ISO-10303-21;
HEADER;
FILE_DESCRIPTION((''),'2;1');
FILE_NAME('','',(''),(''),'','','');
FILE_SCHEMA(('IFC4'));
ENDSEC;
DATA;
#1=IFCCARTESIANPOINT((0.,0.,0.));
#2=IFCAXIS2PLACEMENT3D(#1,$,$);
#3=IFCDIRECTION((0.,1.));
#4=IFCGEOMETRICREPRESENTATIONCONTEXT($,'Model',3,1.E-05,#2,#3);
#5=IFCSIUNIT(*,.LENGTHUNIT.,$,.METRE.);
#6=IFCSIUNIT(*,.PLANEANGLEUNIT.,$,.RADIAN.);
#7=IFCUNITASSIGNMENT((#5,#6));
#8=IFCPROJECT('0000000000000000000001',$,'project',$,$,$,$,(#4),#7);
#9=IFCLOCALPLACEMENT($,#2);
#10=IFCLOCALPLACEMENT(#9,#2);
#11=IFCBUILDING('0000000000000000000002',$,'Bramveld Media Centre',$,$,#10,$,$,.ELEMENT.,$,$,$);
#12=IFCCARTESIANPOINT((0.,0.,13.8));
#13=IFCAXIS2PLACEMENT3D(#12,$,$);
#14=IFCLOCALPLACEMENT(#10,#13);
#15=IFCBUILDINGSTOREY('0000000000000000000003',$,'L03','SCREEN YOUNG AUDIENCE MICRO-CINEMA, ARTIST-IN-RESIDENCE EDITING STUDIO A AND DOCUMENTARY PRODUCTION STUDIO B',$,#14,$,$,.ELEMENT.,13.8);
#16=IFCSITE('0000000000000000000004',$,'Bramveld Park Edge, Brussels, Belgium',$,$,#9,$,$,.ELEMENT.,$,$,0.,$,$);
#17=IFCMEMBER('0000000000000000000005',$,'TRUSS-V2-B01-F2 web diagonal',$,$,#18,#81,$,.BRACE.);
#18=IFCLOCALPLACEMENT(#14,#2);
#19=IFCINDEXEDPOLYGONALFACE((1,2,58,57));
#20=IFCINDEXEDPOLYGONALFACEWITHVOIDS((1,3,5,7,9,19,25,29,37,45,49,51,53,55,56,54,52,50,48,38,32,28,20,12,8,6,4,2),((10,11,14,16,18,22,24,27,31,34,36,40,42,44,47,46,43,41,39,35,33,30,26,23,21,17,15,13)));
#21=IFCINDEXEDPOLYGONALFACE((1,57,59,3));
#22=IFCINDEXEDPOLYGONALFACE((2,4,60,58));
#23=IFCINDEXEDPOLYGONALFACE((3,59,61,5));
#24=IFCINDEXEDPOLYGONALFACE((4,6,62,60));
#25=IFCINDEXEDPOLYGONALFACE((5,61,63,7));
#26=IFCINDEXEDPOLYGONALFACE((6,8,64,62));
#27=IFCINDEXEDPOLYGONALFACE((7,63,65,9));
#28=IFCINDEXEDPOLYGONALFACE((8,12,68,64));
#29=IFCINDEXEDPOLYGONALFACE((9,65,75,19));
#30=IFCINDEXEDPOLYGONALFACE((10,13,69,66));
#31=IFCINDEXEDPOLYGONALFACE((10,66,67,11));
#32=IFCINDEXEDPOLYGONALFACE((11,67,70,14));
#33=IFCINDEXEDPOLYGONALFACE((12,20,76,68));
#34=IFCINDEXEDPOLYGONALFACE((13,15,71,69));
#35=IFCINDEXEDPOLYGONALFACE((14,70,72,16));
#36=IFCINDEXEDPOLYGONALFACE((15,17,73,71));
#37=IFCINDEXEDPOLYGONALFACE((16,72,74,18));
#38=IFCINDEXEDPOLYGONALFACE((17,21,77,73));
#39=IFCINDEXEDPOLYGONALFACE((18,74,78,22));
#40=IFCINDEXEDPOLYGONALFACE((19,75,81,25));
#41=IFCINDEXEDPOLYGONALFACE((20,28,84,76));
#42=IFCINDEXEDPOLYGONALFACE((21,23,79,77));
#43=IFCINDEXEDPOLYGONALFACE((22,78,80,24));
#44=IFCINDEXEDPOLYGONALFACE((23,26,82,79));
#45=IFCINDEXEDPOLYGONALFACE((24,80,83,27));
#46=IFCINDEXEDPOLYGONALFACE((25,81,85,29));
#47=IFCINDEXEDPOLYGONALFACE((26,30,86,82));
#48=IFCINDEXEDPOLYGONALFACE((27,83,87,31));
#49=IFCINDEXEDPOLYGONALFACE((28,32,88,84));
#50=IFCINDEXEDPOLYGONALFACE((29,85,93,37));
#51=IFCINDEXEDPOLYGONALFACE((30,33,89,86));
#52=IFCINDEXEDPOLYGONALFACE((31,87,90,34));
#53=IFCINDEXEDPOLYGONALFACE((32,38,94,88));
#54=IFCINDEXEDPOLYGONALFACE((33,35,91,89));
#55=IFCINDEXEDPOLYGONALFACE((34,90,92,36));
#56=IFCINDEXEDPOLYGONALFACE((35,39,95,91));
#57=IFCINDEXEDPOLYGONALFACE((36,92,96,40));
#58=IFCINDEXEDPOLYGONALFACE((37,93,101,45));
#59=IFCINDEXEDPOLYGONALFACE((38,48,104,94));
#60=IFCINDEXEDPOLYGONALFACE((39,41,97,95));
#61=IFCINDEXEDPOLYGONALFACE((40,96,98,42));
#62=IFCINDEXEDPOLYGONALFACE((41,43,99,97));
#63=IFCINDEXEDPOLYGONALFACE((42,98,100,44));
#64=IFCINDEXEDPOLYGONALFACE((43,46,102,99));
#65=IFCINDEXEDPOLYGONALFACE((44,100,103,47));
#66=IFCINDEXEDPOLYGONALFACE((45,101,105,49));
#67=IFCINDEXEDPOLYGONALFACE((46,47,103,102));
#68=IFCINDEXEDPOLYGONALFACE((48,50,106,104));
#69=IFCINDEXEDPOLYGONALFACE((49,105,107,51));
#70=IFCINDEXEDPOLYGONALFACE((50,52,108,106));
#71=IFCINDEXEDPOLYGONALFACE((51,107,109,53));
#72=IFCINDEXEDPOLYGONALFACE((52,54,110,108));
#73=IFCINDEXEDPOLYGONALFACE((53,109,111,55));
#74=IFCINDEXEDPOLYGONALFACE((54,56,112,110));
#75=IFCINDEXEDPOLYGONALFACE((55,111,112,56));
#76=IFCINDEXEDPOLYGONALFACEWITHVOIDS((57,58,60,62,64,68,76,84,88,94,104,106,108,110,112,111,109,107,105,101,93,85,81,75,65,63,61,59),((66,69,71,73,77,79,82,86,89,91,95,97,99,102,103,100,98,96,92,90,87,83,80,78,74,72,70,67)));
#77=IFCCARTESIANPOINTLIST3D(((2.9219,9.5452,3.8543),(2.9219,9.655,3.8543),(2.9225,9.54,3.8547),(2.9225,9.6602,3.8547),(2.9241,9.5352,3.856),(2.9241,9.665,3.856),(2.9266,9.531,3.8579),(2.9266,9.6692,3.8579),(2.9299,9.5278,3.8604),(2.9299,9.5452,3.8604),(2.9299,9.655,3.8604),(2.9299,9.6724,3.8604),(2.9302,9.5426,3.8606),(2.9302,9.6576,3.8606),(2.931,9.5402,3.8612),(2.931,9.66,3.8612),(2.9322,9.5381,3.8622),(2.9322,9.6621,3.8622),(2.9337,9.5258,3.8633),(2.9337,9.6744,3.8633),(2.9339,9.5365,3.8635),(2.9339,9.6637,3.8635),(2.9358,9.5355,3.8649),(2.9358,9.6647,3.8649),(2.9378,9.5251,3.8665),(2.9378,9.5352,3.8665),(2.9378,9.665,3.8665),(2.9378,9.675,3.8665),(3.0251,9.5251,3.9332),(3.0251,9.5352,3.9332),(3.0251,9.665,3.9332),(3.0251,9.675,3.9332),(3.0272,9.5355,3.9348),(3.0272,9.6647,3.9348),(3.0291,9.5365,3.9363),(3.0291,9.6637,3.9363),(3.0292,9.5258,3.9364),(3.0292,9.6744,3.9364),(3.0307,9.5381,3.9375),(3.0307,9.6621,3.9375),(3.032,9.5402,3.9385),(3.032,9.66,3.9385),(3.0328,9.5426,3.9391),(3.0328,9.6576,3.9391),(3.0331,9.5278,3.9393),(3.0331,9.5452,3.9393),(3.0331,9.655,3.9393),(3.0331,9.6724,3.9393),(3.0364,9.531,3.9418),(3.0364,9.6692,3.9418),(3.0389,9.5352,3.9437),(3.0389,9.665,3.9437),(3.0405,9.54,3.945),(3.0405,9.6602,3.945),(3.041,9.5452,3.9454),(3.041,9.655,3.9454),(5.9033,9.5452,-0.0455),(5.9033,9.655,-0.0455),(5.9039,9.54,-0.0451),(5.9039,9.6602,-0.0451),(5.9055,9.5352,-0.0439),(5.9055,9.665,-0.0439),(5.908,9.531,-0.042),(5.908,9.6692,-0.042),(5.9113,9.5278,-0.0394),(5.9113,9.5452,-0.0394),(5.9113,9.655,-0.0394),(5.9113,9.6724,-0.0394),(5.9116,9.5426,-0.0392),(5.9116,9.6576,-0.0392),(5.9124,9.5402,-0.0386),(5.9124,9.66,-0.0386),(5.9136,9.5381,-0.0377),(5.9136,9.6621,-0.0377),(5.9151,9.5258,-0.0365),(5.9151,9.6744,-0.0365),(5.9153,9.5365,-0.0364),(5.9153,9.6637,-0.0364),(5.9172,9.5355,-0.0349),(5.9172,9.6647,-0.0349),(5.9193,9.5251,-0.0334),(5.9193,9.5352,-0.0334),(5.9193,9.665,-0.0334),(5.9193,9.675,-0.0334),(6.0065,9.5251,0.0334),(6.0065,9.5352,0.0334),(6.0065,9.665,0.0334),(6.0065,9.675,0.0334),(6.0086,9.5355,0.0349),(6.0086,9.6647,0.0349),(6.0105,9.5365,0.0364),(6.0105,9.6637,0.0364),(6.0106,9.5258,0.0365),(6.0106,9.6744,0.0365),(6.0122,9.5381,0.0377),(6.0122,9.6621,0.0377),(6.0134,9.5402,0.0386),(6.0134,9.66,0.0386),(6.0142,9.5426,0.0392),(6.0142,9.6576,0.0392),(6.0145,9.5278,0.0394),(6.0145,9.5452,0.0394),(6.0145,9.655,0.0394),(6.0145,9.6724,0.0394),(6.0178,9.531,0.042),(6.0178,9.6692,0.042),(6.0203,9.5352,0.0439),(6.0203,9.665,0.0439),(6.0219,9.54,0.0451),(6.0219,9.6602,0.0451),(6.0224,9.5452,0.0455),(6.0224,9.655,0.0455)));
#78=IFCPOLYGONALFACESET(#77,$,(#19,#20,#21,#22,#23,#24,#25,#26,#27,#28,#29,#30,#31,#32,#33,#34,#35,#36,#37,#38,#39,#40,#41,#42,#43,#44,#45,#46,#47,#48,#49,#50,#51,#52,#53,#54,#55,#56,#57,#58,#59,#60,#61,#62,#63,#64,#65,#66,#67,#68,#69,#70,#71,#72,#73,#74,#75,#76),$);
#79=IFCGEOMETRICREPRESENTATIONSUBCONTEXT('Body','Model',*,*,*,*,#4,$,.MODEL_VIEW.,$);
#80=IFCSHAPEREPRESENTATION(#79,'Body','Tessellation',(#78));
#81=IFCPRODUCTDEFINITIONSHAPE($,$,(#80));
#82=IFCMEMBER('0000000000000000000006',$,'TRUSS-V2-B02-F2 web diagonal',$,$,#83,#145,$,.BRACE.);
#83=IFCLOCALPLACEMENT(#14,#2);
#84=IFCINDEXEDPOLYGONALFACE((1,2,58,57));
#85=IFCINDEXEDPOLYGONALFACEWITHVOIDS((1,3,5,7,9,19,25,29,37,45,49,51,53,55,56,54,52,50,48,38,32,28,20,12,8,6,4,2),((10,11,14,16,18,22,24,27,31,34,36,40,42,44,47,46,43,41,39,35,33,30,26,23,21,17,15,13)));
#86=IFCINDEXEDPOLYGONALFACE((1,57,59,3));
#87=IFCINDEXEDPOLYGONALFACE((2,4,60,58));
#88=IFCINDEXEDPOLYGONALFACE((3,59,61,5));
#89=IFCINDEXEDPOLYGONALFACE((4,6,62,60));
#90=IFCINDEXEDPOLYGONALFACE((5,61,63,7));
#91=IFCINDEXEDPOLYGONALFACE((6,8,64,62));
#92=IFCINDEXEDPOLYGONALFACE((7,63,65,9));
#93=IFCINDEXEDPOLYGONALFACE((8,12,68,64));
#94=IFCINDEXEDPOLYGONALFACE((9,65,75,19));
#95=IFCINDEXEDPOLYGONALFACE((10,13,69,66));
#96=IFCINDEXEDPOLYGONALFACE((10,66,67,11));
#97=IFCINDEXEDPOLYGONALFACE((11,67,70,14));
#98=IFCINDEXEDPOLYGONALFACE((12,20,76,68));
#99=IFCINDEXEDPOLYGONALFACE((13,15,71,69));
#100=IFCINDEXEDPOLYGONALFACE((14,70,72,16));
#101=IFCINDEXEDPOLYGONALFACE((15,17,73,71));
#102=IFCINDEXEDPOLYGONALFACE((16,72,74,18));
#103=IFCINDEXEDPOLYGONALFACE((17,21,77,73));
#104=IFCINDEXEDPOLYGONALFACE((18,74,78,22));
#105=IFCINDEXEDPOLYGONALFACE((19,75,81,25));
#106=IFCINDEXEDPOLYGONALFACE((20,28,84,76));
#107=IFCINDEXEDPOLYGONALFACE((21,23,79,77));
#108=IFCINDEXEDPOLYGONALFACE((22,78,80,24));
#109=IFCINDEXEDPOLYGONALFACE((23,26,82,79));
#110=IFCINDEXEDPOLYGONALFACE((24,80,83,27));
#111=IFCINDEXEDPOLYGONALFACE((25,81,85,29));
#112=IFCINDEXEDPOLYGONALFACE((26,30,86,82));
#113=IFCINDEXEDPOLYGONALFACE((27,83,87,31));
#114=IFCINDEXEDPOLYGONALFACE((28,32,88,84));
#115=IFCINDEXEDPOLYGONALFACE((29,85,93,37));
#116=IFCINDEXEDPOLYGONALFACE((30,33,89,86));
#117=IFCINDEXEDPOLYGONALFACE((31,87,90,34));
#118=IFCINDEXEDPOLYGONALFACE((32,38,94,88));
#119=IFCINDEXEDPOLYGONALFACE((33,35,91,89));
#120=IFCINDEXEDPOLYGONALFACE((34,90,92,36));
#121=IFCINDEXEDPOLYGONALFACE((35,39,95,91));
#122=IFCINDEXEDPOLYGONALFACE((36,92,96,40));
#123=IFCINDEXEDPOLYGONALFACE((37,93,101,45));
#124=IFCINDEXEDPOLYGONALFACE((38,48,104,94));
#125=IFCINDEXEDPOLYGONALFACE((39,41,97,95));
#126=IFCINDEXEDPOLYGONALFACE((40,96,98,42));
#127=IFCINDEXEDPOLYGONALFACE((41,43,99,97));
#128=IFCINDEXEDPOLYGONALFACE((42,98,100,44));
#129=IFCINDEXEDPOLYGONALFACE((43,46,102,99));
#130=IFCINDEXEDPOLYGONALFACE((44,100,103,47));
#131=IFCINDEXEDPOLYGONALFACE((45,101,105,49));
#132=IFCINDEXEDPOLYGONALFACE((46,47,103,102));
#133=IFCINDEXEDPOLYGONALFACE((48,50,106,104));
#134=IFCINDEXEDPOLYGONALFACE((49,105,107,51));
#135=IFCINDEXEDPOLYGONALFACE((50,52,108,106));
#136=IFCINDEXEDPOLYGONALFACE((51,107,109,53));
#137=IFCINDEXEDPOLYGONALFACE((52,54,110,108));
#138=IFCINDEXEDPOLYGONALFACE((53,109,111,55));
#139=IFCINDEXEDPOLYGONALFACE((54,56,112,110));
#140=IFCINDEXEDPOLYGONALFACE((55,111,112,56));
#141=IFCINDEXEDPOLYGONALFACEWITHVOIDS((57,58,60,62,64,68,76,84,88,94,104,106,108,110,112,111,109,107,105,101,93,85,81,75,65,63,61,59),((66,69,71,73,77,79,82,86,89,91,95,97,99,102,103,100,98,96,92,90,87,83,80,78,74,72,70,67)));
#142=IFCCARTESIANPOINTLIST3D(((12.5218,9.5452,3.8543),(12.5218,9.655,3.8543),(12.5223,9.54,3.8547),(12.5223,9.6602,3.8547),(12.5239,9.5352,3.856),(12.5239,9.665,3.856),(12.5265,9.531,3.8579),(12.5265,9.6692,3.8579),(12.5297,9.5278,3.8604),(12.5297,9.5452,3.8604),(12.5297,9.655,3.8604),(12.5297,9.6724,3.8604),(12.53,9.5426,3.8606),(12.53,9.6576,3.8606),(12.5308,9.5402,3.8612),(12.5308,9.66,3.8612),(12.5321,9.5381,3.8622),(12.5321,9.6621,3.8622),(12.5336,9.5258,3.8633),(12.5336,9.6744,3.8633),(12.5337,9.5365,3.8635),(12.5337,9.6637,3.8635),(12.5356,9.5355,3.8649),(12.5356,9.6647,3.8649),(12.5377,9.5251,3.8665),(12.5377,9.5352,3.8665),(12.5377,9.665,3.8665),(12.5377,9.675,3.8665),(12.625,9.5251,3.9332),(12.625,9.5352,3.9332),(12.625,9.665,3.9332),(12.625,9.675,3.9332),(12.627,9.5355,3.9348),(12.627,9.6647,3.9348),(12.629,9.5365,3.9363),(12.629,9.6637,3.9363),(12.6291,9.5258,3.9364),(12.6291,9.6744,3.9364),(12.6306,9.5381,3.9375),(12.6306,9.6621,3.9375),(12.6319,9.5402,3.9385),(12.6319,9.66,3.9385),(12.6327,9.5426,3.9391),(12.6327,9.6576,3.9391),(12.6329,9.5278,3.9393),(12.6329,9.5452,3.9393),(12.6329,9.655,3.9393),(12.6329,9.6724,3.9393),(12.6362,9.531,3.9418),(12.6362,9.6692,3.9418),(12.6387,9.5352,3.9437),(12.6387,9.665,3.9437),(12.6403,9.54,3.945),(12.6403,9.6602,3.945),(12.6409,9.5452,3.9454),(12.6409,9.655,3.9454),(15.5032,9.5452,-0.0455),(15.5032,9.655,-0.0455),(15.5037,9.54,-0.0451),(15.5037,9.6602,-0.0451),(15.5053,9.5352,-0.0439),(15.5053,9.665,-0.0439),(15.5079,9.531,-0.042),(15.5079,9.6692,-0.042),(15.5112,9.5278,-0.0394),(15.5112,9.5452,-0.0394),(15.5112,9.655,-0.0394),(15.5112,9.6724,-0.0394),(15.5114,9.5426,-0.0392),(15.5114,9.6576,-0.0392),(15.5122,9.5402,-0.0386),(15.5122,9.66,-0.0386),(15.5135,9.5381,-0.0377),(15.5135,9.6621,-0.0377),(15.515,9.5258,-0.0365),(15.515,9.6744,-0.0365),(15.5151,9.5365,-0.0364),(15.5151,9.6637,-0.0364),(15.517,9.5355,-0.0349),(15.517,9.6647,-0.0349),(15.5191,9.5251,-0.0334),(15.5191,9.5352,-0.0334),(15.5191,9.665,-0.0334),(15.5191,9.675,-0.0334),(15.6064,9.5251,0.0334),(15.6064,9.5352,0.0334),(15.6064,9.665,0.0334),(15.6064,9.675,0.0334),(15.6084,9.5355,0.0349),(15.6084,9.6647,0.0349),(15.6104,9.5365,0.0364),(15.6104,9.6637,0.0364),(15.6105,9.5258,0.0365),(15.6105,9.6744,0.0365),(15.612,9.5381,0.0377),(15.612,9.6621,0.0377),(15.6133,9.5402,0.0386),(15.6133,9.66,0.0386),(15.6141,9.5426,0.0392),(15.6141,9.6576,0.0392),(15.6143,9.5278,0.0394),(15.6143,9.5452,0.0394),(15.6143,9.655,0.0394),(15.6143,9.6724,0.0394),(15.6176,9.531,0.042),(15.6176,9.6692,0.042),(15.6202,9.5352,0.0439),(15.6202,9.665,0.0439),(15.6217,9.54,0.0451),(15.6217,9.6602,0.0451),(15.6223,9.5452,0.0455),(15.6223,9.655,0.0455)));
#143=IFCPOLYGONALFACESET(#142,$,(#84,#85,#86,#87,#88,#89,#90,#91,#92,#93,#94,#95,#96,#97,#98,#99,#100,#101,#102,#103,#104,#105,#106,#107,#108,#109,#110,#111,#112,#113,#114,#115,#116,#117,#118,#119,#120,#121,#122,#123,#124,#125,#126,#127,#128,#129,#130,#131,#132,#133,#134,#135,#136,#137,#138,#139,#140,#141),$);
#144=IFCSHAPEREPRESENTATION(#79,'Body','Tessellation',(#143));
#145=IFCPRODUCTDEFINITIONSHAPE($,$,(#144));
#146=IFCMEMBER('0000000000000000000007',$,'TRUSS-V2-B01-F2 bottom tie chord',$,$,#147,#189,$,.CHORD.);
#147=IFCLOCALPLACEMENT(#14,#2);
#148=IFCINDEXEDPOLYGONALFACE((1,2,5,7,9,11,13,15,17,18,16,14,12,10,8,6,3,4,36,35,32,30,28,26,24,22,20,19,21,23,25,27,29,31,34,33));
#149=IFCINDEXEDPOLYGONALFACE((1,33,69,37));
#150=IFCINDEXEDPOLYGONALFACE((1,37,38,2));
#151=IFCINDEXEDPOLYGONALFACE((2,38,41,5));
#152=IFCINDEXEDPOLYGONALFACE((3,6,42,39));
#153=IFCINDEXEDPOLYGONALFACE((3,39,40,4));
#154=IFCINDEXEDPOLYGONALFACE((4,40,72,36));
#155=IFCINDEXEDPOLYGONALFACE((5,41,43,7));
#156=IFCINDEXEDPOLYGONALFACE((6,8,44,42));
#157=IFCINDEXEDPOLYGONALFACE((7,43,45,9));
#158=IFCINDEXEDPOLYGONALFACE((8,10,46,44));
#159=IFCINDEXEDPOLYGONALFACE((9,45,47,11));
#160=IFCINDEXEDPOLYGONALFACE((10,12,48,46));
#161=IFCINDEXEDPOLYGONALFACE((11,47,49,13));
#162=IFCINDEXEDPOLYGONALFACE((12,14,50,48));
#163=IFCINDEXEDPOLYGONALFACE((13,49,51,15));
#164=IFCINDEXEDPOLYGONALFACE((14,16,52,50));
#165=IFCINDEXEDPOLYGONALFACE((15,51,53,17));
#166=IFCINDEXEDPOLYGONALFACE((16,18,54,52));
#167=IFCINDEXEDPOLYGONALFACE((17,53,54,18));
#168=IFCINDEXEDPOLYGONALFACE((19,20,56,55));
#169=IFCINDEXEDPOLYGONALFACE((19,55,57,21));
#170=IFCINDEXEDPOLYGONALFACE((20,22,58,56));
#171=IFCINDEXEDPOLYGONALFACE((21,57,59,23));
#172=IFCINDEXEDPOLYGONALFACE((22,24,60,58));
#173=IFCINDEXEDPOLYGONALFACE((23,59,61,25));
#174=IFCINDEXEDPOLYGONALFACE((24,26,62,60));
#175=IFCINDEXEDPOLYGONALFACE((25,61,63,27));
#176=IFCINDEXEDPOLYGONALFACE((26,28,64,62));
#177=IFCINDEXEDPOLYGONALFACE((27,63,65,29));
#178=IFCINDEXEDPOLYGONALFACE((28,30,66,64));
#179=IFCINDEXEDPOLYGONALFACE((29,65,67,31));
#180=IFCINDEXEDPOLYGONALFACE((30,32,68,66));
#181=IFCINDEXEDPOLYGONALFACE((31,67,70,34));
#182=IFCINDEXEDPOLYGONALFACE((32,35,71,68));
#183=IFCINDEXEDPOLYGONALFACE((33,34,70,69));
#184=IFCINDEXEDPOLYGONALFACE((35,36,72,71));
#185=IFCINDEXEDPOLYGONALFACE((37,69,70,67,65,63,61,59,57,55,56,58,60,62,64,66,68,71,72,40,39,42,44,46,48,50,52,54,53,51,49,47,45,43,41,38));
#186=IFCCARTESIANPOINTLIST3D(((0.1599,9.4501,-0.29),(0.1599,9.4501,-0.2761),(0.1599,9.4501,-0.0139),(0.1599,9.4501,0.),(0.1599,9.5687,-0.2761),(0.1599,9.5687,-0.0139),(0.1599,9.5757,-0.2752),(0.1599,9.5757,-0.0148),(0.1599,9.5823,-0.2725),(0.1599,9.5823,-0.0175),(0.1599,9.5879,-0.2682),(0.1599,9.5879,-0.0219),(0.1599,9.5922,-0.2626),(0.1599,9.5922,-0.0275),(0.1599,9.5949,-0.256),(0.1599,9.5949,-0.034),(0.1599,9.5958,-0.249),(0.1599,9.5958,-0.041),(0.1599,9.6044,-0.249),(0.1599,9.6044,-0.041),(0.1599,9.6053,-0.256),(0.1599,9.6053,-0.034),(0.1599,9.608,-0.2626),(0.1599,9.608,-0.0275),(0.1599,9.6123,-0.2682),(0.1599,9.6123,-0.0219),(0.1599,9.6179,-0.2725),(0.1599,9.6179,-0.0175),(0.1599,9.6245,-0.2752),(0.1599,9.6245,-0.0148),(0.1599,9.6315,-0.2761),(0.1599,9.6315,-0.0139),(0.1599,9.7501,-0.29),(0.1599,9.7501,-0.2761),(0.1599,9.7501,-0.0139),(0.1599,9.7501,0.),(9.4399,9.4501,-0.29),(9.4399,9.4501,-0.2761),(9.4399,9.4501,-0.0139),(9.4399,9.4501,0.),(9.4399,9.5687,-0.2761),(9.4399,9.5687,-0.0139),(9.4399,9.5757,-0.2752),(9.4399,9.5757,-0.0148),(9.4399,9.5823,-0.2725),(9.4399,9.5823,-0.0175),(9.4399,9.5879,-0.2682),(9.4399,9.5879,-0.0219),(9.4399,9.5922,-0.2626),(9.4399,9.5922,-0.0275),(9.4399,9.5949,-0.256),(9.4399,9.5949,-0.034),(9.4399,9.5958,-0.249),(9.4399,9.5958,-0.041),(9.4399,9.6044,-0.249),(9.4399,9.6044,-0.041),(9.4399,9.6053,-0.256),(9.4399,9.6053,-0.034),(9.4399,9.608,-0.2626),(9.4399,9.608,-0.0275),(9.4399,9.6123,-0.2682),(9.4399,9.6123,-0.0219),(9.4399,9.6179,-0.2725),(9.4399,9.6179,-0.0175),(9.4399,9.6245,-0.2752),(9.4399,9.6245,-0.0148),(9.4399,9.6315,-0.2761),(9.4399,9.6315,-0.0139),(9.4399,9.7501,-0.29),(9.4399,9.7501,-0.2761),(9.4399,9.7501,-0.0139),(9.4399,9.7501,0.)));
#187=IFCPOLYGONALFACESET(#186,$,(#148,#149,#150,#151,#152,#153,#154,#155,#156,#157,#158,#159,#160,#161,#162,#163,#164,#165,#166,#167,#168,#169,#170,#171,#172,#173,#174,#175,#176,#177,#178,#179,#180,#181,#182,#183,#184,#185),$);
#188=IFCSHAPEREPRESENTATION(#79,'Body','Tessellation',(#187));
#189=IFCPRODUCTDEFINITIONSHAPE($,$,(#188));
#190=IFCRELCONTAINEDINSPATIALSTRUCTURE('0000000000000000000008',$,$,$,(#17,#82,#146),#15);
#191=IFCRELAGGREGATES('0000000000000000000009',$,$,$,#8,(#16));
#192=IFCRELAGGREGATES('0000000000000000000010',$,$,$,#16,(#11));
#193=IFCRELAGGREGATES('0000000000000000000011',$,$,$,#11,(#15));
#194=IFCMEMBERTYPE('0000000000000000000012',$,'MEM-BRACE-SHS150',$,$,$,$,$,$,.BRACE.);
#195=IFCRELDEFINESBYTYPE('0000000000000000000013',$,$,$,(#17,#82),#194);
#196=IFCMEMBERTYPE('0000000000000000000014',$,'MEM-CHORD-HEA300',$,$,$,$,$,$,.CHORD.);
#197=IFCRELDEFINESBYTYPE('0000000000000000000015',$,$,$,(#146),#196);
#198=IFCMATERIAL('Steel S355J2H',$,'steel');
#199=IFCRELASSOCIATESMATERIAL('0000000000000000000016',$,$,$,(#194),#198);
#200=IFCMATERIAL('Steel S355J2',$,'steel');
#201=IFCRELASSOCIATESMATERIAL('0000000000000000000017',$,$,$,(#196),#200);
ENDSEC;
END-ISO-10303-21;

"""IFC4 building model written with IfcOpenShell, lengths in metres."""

from ifc_helpers import new_model, si_unit, direction, frame, origin, origin_2d, place, context, subcontext, project, spatial, hollow_rectangle, i_section, extrude, material, material_profile, profile_set, type_object, element, save


model = new_model("IFC4")

# Units and contexts
model_context = context("Model", 3, precision=1e-05, world=origin(), true_north=direction((0.0, 1.0)))
body_context = subcontext(model_context, "Body", "Model", "MODEL_VIEW")
ifc_project = project(units=[si_unit("LENGTHUNIT", "METRE"), si_unit("PLANEANGLEUNIT", "RADIAN")], contexts=[model_context])

# Site, building, storey
site_placement = place(None, origin())
site = spatial("IfcSite", under=ifc_project, at=site_placement, Name="Bramveld Park Edge, Brussels, Belgium", CompositionType="ELEMENT", RefElevation=0.0)
building_placement = place(site_placement, origin())
building = spatial("IfcBuilding", under=site, at=building_placement, Name="Bramveld Media Centre", CompositionType="ELEMENT")
storey_placement = place(building_placement, frame((0.0, 0.0, 13.8)))
storey = spatial("IfcBuildingStorey", under=building, at=storey_placement, Name="L03", Description="SCREEN YOUNG AUDIENCE MICRO-CINEMA, ARTIST-IN-RESIDENCE EDITING STUDIO A AND DOCUMENTARY PRODUCTION STUDIO B", CompositionType="ELEMENT", Elevation=13.8)

# Members
ifc_material_1 = material(Name="Steel S355J2H", Category="steel")
ifc_material_profile_1 = material_profile(ifc_material_1, hollow_rectangle(XDim=0.1499, YDim=0.1499, WallThickness=0.01, InnerFilletRadius=0.01, OuterFilletRadius=0.02, at=origin_2d()), Name="SHS 150x150x10")
ifc_profile_set_1 = profile_set([ifc_material_profile_1], Name="Steel S355J2H")
member_type_1 = type_object("IfcMemberType", Name="MEM-BRACE-SHS150", PredefinedType="BRACE", material=ifc_profile_set_1)
for number, where, z_axis, x_axis, name in (
    (1, (5.9629, 9.6001, 0.0), (-0.607343, 0.0, 0.79444), (0.0, -1.0, 0.0), "TRUSS-V2-B01-F2 web diagonal"),
    (2, (15.5627, 9.6001, 0.0), (-0.607343, 0.0, 0.79444), (0.0, -1.0, 0.0), "TRUSS-V2-B02-F2 web diagonal"),
):
    element("IfcMember", number, at=place(storey_placement, frame(where, z_axis=z_axis, x_axis=x_axis)), inside=storey, type_object=member_type_1, Name=name, PredefinedType="BRACE", context=body_context, shape_type="SweptSolid", body=[
        extrude(hollow_rectangle(XDim=0.1499, YDim=0.1499, WallThickness=0.01, InnerFilletRadius=0.01, OuterFilletRadius=0.02, at=origin_2d()), origin(), (0.0, 0.0, 1.0), 4.9089),
    ])
ifc_material_2 = material(Name="Steel S355J2", Category="steel")
ifc_material_profile_2 = material_profile(ifc_material_2, i_section(OverallWidth=0.3, OverallDepth=0.29, WebThickness=0.0085, FlangeThickness=0.0139, FilletRadius=0.0271, at=origin_2d()), Name="HEA 300")
ifc_profile_set_2 = profile_set([ifc_material_profile_2], Name="Steel S355J2")
member_type_2 = type_object("IfcMemberType", Name="MEM-CHORD-HEA300", PredefinedType="CHORD", material=ifc_profile_set_2)
for number, where, z_axis, x_axis, name in (
    (3, (0.1599, 9.6001, -0.145), (1.0, 0.0, 0.0), (0.0, 1.0, 0.0), "TRUSS-V2-B01-F2 bottom tie chord"),
):
    element("IfcMember", number, at=place(storey_placement, frame(where, z_axis=z_axis, x_axis=x_axis)), inside=storey, type_object=member_type_2, Name=name, PredefinedType="CHORD", context=body_context, shape_type="SweptSolid", body=[
        extrude(i_section(OverallWidth=0.3, OverallDepth=0.29, WebThickness=0.0085, FlangeThickness=0.0139, FilletRadius=0.0271, at=origin_2d()), origin(), (0.0, 0.0, 1.0), 9.28),
    ])

save(model, "model.ifc")
